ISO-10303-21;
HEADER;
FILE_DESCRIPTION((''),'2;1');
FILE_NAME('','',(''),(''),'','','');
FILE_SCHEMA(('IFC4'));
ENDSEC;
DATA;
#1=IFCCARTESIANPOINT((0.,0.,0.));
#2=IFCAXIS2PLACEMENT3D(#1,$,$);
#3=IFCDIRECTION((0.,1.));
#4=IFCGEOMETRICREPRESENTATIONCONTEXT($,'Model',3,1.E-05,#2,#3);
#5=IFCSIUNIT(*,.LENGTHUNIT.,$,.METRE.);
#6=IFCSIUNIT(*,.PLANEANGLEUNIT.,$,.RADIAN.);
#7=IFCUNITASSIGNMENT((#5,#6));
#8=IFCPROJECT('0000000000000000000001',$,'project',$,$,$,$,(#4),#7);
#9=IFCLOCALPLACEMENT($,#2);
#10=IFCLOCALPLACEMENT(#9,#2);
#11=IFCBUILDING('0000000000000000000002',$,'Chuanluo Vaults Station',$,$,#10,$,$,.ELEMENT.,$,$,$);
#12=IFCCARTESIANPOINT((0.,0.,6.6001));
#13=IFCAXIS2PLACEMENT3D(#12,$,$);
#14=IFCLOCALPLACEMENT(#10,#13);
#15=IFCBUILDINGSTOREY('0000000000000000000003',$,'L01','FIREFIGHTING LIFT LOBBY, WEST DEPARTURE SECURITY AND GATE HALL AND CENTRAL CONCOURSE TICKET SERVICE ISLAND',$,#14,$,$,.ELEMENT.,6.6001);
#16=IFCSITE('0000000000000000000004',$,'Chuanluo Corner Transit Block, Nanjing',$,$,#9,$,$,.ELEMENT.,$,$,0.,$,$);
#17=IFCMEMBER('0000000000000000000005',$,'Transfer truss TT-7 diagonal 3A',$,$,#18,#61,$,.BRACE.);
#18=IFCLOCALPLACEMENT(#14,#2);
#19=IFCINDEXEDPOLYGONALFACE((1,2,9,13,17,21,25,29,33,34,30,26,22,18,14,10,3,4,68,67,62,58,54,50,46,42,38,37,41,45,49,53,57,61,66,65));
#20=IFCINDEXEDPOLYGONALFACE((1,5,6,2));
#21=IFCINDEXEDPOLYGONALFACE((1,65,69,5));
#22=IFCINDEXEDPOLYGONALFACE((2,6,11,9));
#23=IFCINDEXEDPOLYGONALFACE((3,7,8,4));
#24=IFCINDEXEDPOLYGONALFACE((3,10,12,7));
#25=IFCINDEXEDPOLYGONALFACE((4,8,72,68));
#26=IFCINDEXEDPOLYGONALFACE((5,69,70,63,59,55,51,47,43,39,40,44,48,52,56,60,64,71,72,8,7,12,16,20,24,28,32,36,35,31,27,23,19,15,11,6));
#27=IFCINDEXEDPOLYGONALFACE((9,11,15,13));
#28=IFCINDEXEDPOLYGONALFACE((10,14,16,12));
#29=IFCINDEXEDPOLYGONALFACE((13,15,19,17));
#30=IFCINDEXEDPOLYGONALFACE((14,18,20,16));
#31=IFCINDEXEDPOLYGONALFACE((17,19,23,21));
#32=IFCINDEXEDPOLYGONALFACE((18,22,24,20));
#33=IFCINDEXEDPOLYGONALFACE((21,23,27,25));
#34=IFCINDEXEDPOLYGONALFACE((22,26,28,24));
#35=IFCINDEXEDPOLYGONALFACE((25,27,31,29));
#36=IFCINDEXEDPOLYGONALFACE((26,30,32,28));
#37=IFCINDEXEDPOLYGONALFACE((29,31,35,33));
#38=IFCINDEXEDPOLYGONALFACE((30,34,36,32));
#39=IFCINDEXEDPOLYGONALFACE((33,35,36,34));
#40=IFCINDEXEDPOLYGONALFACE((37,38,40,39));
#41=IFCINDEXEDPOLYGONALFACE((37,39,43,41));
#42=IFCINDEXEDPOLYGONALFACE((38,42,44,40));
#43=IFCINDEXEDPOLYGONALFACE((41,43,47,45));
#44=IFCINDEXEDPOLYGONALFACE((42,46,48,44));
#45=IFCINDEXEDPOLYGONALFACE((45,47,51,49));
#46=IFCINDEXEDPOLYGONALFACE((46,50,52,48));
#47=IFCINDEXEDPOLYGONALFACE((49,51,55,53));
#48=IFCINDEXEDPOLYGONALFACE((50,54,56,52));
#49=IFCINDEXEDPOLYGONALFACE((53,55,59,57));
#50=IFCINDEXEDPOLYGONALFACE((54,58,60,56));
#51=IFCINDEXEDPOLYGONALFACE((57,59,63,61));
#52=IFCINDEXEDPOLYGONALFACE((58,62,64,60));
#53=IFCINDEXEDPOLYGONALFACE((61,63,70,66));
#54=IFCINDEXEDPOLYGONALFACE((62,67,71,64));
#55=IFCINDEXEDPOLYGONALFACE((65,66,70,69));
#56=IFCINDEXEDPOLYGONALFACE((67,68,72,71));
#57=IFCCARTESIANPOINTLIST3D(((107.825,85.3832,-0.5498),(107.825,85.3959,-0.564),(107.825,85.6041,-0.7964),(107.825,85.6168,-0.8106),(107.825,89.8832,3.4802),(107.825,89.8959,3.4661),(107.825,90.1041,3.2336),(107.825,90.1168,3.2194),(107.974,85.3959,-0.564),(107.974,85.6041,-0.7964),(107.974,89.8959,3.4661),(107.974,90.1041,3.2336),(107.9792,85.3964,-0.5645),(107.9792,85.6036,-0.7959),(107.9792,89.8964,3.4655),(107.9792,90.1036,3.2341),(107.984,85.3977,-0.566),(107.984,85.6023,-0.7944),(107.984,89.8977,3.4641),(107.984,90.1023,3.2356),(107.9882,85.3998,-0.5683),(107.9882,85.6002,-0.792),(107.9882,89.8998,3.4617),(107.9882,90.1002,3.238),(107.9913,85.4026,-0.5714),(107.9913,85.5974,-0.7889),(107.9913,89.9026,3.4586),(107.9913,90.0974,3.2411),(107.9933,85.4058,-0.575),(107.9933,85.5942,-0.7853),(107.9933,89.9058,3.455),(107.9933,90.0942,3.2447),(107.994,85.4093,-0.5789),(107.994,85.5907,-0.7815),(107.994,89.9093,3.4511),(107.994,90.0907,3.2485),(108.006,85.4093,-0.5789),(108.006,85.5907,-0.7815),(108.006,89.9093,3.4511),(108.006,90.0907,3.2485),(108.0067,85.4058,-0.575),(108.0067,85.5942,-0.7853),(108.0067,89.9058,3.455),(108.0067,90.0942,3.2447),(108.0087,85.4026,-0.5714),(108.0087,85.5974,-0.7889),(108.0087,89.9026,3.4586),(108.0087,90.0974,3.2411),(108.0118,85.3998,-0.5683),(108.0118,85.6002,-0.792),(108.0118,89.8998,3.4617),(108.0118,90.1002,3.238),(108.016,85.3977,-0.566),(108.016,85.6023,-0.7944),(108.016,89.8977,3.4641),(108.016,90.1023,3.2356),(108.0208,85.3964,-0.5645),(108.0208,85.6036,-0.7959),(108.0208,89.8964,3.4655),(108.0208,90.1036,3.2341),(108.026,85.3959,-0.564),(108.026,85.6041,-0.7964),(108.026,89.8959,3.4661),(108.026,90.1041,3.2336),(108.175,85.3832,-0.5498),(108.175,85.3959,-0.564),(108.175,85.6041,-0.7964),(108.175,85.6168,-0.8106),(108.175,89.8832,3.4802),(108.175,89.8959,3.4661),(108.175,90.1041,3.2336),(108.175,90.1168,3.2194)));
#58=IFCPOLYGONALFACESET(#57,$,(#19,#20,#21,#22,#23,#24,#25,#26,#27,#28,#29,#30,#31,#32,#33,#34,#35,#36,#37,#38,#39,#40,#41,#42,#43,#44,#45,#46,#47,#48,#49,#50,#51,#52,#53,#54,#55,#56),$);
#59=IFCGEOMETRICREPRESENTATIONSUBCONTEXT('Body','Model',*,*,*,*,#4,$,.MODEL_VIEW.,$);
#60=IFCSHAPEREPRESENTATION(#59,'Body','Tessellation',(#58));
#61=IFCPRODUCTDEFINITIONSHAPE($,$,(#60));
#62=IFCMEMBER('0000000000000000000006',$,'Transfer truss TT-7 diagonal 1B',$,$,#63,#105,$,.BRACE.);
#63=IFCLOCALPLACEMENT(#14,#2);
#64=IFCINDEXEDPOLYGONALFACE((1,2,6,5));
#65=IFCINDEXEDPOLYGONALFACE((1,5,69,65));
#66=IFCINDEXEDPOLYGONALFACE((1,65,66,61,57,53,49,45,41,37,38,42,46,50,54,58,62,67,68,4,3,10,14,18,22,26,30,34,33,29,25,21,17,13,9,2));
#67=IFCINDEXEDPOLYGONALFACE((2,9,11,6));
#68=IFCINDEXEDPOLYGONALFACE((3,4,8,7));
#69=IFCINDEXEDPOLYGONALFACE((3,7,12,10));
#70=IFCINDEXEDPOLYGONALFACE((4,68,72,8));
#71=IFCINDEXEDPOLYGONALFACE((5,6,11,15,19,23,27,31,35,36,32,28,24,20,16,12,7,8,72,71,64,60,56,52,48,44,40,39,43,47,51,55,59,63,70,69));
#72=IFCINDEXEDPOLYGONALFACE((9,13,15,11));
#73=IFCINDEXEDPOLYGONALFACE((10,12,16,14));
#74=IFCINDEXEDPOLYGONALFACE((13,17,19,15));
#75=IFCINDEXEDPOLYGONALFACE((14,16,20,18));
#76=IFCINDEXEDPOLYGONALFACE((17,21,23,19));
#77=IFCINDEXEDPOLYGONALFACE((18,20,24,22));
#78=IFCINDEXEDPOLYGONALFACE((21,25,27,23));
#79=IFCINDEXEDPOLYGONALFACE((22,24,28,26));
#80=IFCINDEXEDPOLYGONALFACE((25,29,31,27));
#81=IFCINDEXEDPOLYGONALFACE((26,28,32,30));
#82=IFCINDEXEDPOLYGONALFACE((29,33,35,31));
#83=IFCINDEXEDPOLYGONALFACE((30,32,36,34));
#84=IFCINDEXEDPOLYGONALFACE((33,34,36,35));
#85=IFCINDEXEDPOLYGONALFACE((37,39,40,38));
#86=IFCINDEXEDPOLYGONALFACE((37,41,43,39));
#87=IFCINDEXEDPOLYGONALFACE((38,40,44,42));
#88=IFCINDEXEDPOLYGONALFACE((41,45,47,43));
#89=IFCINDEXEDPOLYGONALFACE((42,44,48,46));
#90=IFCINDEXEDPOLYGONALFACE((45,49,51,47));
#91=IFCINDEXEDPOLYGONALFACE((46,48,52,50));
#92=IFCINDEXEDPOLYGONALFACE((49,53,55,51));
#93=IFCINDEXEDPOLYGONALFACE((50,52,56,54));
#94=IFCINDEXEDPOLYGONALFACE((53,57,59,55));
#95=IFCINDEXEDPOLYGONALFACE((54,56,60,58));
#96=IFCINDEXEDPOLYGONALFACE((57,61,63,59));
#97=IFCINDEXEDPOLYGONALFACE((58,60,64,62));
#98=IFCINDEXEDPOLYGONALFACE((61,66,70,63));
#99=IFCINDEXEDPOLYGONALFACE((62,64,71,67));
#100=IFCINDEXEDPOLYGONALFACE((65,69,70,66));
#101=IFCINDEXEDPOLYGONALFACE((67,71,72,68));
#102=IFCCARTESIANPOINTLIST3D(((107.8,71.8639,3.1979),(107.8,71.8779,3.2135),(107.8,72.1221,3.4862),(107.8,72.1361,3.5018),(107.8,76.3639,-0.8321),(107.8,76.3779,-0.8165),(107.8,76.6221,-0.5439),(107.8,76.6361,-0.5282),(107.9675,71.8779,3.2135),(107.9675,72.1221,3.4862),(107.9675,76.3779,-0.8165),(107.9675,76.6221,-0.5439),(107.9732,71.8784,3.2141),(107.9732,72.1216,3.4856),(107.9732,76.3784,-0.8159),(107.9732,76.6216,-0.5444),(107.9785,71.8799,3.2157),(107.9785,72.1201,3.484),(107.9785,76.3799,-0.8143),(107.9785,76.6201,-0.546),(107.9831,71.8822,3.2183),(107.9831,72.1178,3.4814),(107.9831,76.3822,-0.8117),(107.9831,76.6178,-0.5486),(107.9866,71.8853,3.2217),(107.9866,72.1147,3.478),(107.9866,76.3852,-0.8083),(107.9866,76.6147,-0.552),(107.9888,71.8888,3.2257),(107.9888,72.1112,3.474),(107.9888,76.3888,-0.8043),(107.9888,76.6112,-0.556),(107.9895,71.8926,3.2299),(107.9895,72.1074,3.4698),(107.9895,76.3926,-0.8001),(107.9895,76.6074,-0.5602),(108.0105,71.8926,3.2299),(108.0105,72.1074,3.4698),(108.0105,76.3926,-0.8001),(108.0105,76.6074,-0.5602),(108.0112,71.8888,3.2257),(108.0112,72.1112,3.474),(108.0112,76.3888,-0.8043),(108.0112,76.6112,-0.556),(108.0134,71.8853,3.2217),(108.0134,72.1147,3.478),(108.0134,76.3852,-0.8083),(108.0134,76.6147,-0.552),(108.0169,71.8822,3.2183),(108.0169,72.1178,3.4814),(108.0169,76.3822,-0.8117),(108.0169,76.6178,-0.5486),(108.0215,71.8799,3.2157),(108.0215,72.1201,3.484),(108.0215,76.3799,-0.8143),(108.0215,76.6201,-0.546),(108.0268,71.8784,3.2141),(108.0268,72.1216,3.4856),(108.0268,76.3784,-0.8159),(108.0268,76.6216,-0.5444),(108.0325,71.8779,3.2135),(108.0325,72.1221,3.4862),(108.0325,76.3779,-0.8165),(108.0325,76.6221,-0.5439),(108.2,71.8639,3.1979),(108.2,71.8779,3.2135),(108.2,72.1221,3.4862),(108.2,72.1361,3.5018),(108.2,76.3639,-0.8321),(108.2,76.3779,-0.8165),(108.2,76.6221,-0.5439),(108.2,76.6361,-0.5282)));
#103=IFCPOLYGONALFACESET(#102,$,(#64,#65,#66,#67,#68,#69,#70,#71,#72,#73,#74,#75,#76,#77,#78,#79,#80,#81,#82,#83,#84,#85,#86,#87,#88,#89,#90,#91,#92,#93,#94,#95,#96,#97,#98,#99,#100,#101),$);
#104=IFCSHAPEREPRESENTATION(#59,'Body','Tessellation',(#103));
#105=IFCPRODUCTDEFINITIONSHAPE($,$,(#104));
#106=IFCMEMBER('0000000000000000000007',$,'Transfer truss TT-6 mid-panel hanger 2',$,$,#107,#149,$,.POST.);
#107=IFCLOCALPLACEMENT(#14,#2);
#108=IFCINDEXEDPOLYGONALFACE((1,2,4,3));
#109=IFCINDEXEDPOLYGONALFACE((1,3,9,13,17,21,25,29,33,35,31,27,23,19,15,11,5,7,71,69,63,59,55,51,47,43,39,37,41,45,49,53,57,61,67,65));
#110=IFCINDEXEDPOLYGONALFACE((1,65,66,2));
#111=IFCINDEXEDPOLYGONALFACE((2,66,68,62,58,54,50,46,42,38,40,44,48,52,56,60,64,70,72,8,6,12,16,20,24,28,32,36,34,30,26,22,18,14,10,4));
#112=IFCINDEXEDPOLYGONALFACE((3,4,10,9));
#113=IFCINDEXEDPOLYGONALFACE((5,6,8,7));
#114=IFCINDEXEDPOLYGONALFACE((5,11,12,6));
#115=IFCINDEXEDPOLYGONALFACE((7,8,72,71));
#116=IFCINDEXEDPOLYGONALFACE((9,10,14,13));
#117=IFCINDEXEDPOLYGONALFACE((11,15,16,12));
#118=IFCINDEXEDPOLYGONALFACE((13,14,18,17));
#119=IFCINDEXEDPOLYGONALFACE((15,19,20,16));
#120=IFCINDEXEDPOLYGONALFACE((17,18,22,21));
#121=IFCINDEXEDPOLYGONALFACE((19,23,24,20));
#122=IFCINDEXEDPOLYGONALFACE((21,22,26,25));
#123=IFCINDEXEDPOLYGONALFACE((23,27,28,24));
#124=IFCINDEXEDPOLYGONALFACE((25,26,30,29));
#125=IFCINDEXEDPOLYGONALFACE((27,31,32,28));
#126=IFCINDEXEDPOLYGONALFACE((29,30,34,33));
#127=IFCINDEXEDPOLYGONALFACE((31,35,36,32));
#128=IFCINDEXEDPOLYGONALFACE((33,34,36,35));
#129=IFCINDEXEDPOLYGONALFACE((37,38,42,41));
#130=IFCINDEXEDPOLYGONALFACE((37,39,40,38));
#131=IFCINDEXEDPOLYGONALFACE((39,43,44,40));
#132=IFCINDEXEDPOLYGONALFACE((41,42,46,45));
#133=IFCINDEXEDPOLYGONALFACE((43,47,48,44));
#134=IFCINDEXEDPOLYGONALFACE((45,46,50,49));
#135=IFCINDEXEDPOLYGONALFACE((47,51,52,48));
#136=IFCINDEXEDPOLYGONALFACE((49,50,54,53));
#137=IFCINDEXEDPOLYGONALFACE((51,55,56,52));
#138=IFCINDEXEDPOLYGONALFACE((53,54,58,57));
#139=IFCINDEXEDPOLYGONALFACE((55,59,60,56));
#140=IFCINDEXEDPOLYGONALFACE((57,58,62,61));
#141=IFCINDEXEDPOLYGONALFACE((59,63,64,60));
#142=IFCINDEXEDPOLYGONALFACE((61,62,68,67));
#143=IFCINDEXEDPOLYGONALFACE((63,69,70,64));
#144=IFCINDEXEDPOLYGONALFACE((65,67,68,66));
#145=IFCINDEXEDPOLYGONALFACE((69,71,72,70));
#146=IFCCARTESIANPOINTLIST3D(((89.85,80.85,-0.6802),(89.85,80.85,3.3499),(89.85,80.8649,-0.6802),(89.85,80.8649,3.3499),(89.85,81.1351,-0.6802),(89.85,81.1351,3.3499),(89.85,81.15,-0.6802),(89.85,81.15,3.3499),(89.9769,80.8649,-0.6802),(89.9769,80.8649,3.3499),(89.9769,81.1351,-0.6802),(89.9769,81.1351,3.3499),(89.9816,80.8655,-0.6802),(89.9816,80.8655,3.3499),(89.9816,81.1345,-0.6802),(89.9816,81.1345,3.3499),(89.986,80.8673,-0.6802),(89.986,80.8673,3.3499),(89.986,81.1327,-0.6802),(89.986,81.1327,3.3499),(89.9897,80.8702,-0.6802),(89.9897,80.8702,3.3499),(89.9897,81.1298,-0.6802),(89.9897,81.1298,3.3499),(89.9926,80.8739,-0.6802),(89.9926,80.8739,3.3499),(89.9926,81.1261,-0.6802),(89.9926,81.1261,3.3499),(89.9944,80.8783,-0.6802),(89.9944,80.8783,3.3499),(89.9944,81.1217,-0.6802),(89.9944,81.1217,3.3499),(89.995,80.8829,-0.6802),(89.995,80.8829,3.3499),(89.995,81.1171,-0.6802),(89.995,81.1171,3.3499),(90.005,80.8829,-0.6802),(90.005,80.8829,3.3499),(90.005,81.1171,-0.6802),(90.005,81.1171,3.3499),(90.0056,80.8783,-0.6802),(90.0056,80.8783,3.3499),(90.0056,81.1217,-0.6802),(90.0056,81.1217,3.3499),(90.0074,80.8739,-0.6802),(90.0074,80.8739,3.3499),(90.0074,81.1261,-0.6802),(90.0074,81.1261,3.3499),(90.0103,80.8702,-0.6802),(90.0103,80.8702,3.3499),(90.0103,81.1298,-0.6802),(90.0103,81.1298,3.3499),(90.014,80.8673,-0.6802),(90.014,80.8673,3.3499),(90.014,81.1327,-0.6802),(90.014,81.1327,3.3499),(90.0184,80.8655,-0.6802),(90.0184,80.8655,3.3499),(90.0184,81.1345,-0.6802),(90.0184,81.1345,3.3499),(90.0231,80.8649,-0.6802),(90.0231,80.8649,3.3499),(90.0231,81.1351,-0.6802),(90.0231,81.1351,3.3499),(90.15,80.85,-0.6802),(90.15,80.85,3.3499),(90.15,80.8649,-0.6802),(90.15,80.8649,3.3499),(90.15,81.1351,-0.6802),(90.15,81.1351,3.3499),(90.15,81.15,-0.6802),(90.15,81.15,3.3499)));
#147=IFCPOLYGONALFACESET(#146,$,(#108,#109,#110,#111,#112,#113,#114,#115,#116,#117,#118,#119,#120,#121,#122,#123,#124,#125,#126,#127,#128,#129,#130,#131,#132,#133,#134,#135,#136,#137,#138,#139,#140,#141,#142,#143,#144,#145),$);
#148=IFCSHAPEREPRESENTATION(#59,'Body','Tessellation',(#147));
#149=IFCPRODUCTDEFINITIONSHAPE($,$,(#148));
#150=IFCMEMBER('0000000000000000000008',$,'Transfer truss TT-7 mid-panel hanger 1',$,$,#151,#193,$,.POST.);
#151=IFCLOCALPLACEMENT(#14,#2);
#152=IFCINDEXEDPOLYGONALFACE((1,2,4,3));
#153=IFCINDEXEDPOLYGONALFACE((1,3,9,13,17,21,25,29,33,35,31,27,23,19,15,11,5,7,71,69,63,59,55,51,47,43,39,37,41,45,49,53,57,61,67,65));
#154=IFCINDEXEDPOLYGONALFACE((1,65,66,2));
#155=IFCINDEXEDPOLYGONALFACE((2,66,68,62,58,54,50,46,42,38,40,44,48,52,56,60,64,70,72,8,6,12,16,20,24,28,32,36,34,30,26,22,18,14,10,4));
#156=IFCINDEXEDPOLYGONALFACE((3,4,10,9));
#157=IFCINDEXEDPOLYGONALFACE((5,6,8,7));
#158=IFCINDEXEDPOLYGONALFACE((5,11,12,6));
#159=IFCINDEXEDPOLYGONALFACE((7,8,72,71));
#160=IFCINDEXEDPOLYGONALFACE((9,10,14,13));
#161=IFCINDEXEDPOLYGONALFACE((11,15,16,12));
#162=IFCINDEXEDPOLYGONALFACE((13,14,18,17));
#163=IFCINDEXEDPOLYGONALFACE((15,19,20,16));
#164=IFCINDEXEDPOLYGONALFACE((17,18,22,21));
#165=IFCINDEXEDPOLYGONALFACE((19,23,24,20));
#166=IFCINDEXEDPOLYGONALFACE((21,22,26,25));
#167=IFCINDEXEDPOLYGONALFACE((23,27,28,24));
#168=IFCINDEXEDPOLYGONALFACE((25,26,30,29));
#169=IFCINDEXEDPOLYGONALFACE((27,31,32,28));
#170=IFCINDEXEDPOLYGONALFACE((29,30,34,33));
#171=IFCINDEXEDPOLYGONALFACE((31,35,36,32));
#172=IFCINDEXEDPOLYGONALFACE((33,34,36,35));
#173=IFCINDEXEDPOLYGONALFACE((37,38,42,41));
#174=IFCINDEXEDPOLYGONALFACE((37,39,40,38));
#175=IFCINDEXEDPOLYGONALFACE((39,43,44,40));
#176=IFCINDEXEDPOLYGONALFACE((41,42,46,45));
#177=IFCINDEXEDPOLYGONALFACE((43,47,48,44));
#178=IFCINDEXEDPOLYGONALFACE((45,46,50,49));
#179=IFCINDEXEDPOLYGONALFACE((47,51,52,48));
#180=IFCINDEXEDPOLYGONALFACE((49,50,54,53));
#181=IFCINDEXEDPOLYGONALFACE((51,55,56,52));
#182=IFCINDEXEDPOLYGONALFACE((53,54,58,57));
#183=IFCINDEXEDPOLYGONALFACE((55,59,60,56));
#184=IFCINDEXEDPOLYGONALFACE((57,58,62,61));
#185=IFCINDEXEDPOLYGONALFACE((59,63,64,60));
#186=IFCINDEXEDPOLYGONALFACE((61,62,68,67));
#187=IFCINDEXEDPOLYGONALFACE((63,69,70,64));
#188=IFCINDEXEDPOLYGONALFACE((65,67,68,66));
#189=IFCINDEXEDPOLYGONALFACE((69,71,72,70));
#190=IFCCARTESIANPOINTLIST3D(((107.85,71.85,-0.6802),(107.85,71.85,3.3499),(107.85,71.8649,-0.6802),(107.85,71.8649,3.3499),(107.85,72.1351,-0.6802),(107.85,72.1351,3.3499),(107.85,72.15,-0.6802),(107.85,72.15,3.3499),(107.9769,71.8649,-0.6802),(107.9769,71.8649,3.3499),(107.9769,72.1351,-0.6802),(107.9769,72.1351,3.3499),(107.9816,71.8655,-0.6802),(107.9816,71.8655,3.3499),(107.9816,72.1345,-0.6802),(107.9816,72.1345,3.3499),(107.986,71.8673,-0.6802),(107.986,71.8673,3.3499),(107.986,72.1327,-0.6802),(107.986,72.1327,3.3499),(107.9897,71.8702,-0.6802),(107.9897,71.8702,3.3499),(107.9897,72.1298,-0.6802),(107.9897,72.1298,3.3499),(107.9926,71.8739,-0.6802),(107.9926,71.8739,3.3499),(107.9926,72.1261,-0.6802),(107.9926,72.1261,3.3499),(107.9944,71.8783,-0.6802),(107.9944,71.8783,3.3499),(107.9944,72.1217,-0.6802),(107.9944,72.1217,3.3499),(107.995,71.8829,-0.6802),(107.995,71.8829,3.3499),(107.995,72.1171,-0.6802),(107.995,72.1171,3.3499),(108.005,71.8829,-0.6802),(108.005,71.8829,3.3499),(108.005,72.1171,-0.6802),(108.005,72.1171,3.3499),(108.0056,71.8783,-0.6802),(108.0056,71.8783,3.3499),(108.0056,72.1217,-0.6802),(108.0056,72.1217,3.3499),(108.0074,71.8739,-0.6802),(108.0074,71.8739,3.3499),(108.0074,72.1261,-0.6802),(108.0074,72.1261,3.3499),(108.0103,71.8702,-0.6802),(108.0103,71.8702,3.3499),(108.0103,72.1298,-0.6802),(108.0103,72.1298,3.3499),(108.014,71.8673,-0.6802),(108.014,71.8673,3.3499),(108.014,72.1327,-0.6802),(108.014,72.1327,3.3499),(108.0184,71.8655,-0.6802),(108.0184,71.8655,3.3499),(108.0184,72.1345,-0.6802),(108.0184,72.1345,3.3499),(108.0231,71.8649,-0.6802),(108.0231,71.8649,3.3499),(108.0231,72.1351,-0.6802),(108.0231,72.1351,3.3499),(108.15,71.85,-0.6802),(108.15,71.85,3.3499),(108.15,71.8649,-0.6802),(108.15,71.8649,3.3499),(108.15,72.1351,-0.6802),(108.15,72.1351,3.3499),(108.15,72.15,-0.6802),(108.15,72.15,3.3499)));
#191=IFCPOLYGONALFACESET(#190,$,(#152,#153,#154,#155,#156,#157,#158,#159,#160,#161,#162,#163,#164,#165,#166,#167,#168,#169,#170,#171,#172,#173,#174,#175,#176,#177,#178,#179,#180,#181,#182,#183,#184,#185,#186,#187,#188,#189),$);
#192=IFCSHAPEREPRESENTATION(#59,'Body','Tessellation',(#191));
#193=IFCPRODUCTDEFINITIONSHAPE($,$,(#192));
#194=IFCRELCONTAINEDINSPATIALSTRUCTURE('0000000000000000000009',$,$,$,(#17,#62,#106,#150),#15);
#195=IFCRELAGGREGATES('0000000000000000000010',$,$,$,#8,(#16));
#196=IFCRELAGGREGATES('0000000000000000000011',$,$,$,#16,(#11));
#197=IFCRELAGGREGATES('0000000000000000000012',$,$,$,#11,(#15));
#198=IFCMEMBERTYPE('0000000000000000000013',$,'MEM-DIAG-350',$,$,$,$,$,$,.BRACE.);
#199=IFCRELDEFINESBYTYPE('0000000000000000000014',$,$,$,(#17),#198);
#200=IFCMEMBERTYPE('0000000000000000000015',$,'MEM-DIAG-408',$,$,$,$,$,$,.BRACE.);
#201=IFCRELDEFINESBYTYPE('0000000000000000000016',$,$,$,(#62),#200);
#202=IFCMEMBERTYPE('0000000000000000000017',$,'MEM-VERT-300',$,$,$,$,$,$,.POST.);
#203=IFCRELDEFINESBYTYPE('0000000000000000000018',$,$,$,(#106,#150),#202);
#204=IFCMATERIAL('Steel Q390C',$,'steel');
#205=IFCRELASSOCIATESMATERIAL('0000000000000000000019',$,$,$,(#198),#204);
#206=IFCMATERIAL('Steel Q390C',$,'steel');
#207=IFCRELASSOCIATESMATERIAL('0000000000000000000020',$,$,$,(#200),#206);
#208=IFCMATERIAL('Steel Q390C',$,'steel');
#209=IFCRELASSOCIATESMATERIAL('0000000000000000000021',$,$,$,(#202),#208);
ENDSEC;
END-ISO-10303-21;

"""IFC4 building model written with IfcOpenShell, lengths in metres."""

from ifc_helpers import new_model, si_unit, direction, frame, origin, origin_2d, place, context, subcontext, project, spatial, i_section, extrude, material, material_profile, profile_set, type_object, element, save


model = new_model("IFC4")

# Units and contexts
model_context = context("Model", 3, precision=1e-05, world=origin(), true_north=direction((0.0, 1.0)))
body_context = subcontext(model_context, "Body", "Model", "MODEL_VIEW")
ifc_project = project(units=[si_unit("LENGTHUNIT", "METRE"), si_unit("PLANEANGLEUNIT", "RADIAN")], contexts=[model_context])

# Site, building, storey
site_placement = place(None, origin())
site = spatial("IfcSite", under=ifc_project, at=site_placement, Name="Chuanluo Corner Transit Block, Nanjing", CompositionType="ELEMENT", RefElevation=0.0)
building_placement = place(site_placement, origin())
building = spatial("IfcBuilding", under=site, at=building_placement, Name="Chuanluo Vaults Station", CompositionType="ELEMENT")
storey_placement = place(building_placement, frame((0.0, 0.0, 6.6001)))
storey = spatial("IfcBuildingStorey", under=building, at=storey_placement, Name="L01", Description="FIREFIGHTING LIFT LOBBY, WEST DEPARTURE SECURITY AND GATE HALL AND CENTRAL CONCOURSE TICKET SERVICE ISLAND", CompositionType="ELEMENT", Elevation=6.6001)

# Members
ifc_material_1 = material(Name="Steel Q390C", Category="steel")
ifc_material_profile_1 = material_profile(ifc_material_1, i_section(OverallWidth=0.3501, OverallDepth=0.3501, WebThickness=0.012, FlangeThickness=0.019, FilletRadius=0.02, at=origin_2d()))
ifc_profile_set_1 = profile_set([ifc_material_profile_1], Name="Steel Q390C")
member_type_1 = type_object("IfcMemberType", Name="MEM-DIAG-350", PredefinedType="BRACE", material=ifc_profile_set_1)
for number, where, z_axis, x_axis, name in (
    (1, (108.0, 85.5, -0.6802), (0.0, 0.744936, 0.667136), (-1.0, 0.0, 0.0), "Transfer truss TT-7 diagonal 3A"),
):
    element("IfcMember", number, at=place(storey_placement, frame(where, z_axis=z_axis, x_axis=x_axis)), inside=storey, type_object=member_type_1, Name=name, PredefinedType="BRACE", context=body_context, shape_type="SweptSolid", body=[
        extrude(i_section(OverallWidth=0.3501, OverallDepth=0.3501, WebThickness=0.012, FlangeThickness=0.019, FilletRadius=0.02, at=origin_2d()), origin(), (0.0, 0.0, 1.0), 6.0408),
    ])
ifc_material_2 = material(Name="Steel Q390C", Category="steel")
ifc_material_profile_2 = material_profile(ifc_material_2, i_section(OverallWidth=0.3999, OverallDepth=0.408, WebThickness=0.021, FlangeThickness=0.021, FilletRadius=0.022, at=origin_2d()))
ifc_profile_set_2 = profile_set([ifc_material_profile_2], Name="Steel Q390C")
member_type_2 = type_object("IfcMemberType", Name="MEM-DIAG-408", PredefinedType="BRACE", material=ifc_profile_set_2)
member_1_placement = place(storey_placement, frame((108.0, 72.0, 3.3499), z_axis=(0.0, 0.744936, -0.667136), x_axis=(-1.0, 0.0, 0.0)))
element("IfcMember", 2, at=member_1_placement, inside=storey, type_object=member_type_2, Name="Transfer truss TT-7 diagonal 1B", PredefinedType="BRACE", context=body_context, shape_type="SweptSolid", body=[
    extrude(i_section(OverallWidth=0.3999, OverallDepth=0.408, WebThickness=0.021, FlangeThickness=0.021, FilletRadius=0.022, at=origin_2d()), origin(), (0.0, 0.0, 1.0), 6.0408),
])
ifc_material_3 = material(Name="Steel Q390C", Category="steel")
ifc_material_profile_3 = material_profile(ifc_material_3, i_section(OverallWidth=0.3, OverallDepth=0.3, WebThickness=0.01, FlangeThickness=0.0149, FilletRadius=0.0181, at=origin_2d()))
ifc_profile_set_3 = profile_set([ifc_material_profile_3], Name="Steel Q390C")
member_type_3 = type_object("IfcMemberType", Name="MEM-VERT-300", PredefinedType="POST", material=ifc_profile_set_3)
for number, where, z_axis, x_axis, name in (
    (3, (90.0, 81.0, -0.6802), (0.0, 0.0, 1.0), (1.0, 0.0, 0.0), "Transfer truss TT-6 mid-panel hanger 2"),
    (4, (108.0, 72.0, -0.6802), (0.0, 0.0, 1.0), (1.0, 0.0, 0.0), "Transfer truss TT-7 mid-panel hanger 1"),
):
    element("IfcMember", number, at=place(storey_placement, frame(where, z_axis=z_axis, x_axis=x_axis)), inside=storey, type_object=member_type_3, Name=name, PredefinedType="POST", context=body_context, shape_type="SweptSolid", body=[
        extrude(i_section(OverallWidth=0.3, OverallDepth=0.3, WebThickness=0.01, FlangeThickness=0.0149, FilletRadius=0.0181, at=origin_2d()), origin(), (0.0, 0.0, 1.0), 4.03),
    ])

save(model, "model.ifc")
